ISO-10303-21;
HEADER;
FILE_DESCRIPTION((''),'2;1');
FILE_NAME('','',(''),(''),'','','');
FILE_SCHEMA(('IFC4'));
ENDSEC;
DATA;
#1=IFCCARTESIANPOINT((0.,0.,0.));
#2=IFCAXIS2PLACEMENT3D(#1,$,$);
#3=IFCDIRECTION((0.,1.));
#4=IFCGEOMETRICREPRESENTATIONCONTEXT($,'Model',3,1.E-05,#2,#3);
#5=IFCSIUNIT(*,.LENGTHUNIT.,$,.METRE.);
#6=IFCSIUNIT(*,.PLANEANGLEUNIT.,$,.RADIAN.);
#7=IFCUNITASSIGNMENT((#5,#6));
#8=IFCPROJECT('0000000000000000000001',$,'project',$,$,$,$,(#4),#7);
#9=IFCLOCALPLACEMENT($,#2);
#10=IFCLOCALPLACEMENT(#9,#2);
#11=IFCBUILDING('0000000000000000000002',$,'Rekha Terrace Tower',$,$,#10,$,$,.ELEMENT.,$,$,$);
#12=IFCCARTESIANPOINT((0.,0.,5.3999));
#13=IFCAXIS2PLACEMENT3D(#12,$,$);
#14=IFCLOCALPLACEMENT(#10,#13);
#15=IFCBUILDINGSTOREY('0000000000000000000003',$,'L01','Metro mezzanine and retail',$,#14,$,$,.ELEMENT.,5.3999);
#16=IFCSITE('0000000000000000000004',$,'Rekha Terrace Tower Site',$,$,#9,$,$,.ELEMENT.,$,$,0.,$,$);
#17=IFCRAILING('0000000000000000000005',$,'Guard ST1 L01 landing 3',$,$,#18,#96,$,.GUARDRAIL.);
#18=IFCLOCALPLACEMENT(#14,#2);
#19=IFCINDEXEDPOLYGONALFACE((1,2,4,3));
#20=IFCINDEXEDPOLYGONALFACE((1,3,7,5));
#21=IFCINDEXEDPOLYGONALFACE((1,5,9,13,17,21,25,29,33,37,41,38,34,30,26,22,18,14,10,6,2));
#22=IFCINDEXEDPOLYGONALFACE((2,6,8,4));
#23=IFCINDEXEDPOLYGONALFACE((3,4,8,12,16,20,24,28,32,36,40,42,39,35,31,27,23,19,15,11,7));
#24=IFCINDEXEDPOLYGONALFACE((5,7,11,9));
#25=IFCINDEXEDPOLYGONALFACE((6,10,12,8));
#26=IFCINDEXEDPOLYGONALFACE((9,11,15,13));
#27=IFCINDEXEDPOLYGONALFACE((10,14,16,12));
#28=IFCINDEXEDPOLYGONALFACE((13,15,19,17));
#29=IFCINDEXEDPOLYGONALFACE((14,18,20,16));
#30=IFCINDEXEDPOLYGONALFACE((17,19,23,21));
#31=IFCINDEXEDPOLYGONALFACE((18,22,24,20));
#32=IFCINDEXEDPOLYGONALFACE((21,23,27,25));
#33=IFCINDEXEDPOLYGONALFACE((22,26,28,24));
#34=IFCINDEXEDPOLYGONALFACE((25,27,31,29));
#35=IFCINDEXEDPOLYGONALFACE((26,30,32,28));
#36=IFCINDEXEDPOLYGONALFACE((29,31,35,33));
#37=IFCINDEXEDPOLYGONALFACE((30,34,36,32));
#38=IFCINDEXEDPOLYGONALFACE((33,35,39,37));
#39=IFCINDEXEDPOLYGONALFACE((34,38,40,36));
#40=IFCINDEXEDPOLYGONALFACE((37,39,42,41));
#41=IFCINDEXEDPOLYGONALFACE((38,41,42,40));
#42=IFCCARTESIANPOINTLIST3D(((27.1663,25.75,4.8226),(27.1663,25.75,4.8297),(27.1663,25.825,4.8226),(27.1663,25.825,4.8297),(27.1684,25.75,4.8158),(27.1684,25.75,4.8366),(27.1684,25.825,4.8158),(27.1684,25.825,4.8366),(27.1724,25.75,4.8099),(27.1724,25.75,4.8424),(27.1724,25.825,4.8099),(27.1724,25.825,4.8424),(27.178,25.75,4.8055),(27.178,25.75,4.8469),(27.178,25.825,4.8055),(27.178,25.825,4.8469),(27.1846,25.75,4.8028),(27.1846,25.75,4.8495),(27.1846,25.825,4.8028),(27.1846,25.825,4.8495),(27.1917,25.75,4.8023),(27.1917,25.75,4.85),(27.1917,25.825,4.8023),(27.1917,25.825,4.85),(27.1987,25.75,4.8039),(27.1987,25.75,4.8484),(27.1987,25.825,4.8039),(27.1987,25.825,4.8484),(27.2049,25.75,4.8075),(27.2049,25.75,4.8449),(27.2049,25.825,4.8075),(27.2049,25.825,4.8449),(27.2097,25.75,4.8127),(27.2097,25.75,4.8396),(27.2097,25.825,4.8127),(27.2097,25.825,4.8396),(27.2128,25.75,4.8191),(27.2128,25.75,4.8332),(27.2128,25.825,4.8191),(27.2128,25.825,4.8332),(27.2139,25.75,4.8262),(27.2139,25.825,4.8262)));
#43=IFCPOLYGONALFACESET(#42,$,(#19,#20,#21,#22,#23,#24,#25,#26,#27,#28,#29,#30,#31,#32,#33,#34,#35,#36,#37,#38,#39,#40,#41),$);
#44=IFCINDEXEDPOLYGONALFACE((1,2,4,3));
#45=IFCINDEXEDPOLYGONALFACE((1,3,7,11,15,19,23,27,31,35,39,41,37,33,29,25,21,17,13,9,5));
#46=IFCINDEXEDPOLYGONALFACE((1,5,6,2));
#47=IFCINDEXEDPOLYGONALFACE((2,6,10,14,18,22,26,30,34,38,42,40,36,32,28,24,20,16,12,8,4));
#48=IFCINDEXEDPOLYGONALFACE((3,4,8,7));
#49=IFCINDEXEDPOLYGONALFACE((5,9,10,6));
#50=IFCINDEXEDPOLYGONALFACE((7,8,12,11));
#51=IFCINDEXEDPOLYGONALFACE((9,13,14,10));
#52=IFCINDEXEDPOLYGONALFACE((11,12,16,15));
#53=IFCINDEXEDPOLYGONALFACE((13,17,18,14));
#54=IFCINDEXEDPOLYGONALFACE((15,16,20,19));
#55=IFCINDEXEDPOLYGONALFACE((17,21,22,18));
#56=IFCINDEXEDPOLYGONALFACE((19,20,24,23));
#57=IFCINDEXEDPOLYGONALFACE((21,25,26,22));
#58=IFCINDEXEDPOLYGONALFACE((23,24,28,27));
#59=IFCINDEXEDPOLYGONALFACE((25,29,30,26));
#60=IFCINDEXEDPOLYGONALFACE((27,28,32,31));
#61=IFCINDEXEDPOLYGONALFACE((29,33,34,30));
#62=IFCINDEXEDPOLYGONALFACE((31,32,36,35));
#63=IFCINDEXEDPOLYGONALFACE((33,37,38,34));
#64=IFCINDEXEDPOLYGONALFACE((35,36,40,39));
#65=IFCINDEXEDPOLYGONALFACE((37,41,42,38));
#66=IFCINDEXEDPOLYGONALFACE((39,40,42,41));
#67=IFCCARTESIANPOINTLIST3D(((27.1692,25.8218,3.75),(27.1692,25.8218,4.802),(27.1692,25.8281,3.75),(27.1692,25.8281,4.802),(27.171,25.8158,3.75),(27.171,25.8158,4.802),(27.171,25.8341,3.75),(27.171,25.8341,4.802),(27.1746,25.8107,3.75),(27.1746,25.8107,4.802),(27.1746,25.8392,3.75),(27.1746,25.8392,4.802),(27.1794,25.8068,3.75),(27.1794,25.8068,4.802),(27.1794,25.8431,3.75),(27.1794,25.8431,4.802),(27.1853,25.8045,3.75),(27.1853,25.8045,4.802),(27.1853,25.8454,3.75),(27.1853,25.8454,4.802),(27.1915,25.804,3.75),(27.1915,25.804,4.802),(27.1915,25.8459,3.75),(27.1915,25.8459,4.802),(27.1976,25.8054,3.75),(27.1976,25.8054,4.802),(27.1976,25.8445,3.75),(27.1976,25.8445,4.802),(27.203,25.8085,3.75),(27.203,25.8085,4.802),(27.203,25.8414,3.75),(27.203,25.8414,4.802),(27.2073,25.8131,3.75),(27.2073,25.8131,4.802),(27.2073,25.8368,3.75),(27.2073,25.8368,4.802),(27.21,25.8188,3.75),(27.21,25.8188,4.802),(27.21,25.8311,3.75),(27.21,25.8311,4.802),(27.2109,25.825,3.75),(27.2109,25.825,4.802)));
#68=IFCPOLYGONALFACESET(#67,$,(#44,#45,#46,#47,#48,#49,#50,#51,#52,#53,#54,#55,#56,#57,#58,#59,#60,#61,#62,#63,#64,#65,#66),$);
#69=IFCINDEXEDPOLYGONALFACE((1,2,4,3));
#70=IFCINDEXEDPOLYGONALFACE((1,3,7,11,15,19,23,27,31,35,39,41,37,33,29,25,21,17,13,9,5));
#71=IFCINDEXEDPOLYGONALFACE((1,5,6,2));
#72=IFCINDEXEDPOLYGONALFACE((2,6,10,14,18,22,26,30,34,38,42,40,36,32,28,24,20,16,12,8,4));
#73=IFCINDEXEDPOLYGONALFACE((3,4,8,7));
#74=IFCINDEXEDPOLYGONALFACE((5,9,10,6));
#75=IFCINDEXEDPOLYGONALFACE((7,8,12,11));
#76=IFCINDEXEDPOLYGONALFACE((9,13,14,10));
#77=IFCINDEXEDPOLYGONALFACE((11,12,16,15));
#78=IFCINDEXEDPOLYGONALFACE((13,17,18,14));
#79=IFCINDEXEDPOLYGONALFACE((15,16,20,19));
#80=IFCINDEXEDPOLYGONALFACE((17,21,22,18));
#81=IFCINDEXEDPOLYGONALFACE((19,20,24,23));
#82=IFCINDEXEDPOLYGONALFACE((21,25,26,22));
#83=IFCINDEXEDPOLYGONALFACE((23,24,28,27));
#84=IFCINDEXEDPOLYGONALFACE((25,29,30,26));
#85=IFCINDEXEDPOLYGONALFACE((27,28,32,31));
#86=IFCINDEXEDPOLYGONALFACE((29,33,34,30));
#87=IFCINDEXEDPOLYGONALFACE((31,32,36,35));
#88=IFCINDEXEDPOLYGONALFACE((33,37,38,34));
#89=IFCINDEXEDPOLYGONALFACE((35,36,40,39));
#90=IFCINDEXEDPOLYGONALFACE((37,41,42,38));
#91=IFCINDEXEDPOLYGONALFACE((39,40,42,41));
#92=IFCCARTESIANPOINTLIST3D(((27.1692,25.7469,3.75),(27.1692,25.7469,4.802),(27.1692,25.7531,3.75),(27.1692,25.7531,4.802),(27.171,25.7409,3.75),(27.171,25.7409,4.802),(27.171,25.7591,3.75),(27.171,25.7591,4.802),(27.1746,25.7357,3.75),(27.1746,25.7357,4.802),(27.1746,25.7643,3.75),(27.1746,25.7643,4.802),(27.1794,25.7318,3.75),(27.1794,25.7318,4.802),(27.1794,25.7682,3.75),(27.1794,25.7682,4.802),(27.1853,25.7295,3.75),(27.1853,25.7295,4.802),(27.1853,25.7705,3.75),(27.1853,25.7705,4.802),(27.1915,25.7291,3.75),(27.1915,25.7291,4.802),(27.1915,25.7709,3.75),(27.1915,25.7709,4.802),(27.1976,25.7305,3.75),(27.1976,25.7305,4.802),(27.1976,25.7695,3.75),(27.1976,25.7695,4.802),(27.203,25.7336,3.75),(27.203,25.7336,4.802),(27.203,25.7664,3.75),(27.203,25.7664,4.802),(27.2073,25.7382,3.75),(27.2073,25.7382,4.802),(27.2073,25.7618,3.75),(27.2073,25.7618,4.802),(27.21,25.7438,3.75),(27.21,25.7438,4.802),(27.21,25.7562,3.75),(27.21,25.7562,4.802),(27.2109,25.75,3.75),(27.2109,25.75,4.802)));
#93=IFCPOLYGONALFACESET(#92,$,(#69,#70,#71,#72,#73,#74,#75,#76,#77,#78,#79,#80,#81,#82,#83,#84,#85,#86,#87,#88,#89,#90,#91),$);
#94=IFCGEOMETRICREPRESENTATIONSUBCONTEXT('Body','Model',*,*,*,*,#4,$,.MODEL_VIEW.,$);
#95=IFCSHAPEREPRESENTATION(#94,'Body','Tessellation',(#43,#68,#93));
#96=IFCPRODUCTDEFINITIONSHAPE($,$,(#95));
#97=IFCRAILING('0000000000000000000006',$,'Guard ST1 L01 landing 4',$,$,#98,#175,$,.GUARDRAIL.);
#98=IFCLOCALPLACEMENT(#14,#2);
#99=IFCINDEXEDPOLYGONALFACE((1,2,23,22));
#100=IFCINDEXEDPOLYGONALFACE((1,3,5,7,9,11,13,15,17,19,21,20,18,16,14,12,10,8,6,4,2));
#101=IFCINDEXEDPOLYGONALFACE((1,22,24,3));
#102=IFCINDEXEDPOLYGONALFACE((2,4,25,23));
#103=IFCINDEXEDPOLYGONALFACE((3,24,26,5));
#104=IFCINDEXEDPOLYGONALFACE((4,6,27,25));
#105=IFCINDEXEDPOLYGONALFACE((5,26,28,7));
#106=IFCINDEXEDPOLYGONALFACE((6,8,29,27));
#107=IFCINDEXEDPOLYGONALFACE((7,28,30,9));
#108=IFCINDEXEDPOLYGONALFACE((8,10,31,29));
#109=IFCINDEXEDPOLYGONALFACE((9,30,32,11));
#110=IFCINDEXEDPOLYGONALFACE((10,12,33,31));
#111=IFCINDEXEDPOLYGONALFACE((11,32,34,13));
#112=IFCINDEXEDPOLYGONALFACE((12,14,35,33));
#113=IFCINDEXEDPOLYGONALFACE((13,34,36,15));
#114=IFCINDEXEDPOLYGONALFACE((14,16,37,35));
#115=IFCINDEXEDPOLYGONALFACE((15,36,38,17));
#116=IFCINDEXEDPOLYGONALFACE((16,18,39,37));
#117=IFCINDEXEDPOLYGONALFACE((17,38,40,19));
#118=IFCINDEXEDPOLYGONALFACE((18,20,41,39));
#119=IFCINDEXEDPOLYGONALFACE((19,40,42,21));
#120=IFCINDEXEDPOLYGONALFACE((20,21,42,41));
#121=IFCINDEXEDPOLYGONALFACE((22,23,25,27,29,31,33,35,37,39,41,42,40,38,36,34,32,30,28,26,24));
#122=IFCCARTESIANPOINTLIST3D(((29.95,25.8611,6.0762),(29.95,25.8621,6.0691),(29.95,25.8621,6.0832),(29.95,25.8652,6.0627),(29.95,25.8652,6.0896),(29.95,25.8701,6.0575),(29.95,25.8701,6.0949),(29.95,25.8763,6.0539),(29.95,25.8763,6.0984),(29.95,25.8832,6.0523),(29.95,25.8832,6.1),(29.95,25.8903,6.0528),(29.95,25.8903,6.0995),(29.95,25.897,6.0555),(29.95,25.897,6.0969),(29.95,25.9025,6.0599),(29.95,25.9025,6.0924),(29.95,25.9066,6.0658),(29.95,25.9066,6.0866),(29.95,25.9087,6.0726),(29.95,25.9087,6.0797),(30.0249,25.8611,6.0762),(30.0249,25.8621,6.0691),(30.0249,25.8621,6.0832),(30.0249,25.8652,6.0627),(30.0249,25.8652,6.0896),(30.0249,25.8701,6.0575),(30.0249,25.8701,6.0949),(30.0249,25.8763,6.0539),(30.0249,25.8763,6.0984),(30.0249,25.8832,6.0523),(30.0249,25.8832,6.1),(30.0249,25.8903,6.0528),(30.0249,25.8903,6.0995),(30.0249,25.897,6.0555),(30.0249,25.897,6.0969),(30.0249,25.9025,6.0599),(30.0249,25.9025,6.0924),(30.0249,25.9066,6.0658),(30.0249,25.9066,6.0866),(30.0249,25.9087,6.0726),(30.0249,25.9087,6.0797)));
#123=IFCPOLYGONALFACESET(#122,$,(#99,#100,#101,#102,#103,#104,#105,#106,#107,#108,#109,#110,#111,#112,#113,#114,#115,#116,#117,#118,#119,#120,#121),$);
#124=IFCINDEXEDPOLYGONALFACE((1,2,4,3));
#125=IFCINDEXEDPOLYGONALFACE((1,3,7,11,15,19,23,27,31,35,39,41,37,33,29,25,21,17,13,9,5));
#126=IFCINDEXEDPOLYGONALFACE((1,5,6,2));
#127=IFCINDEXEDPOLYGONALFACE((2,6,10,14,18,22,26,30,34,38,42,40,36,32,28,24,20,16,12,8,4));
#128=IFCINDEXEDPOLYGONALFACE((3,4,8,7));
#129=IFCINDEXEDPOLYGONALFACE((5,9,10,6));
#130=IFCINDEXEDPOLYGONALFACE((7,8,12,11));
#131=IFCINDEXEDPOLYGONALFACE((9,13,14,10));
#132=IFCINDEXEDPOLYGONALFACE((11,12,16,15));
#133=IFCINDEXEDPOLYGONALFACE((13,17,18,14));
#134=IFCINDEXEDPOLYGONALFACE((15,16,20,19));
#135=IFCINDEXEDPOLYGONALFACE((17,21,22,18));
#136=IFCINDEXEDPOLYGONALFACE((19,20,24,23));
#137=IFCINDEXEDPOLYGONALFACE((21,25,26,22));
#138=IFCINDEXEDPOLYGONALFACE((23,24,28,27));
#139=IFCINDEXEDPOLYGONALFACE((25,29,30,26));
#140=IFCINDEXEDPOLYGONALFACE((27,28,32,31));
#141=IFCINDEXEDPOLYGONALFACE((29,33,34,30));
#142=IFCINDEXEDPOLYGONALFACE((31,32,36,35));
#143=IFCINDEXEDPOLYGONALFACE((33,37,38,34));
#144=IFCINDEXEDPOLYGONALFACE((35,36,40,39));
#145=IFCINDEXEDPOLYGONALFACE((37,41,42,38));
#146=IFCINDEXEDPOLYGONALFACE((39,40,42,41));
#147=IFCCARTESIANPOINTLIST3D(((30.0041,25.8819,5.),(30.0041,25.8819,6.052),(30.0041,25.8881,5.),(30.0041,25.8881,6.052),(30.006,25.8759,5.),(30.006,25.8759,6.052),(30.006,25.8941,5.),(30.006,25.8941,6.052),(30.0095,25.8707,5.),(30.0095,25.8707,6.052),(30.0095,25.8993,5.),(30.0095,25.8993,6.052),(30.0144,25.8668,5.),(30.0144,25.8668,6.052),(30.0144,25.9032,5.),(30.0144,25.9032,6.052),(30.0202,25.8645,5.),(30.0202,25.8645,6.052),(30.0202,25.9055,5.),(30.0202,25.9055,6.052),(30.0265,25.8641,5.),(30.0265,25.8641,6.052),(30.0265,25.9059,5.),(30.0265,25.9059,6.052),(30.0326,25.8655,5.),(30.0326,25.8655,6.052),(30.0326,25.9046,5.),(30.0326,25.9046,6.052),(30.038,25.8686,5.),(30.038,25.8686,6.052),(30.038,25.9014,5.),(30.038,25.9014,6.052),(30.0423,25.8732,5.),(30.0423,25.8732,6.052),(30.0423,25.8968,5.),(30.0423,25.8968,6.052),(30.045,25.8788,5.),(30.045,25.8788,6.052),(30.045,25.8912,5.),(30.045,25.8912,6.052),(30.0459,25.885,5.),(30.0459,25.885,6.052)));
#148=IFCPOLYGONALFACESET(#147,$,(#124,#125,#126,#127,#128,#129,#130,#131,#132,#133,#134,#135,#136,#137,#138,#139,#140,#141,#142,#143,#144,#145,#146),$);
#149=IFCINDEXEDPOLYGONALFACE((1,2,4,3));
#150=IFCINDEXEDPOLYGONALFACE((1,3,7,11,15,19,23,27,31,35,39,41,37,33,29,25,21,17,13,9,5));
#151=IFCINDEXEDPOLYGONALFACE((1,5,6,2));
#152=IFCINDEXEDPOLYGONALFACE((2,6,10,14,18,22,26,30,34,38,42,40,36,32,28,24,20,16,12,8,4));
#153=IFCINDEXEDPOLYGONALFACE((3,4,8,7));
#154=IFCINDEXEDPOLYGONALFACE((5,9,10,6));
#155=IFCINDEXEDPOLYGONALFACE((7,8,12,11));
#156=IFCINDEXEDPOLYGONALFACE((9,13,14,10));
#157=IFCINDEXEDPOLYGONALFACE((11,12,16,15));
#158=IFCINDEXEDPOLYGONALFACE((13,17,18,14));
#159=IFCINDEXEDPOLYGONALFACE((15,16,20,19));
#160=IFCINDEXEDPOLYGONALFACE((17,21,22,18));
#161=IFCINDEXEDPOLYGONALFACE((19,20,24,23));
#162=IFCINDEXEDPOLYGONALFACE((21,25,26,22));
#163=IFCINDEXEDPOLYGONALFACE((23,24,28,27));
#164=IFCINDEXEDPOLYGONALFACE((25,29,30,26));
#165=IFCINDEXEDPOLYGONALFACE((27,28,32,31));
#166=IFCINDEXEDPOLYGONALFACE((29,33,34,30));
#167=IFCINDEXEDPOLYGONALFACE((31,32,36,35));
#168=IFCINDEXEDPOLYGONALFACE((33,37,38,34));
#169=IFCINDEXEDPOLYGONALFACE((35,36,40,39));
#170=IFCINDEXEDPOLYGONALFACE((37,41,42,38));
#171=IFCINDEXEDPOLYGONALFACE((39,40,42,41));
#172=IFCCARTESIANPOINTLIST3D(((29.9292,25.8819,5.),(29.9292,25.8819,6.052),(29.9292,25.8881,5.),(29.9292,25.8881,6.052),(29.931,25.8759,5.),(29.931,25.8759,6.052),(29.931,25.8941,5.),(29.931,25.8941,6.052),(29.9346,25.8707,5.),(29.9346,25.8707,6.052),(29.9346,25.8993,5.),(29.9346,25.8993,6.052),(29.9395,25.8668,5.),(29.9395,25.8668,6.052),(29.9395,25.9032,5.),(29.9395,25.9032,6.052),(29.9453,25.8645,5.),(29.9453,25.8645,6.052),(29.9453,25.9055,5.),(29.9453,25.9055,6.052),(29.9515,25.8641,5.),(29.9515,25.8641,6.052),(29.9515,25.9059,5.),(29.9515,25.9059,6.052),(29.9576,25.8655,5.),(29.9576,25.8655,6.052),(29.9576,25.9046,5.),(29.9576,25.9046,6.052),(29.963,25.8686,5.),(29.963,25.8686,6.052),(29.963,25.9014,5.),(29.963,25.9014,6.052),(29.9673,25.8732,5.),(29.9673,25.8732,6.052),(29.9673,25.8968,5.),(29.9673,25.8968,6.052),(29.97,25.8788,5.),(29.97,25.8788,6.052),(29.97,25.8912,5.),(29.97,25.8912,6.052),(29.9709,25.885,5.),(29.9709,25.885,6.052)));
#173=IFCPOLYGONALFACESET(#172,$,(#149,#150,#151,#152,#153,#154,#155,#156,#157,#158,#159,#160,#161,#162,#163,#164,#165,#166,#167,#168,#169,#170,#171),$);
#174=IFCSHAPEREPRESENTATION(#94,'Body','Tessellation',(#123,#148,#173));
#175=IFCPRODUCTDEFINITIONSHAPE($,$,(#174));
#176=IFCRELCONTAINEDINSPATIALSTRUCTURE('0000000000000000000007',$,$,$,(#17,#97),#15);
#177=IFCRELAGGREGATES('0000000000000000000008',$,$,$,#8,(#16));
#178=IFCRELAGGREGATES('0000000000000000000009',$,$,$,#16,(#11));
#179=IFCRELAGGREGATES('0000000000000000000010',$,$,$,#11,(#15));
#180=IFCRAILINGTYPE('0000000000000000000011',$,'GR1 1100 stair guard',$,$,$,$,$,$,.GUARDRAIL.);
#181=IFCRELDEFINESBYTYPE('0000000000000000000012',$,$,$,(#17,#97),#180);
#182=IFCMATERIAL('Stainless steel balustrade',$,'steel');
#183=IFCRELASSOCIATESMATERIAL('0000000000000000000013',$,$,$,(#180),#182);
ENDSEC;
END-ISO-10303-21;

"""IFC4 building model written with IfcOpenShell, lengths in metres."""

from ifc_helpers import new_model, si_unit, direction, frame, origin, origin_2d, place, context, subcontext, project, spatial, circle, extrude, material, type_object, element, save


model = new_model("IFC4")

# Units and contexts
model_context = context("Model", 3, precision=1e-05, world=origin(), true_north=direction((0.0, 1.0)))
body_context = subcontext(model_context, "Body", "Model", "MODEL_VIEW")
ifc_project = project(units=[si_unit("LENGTHUNIT", "METRE"), si_unit("PLANEANGLEUNIT", "RADIAN")], contexts=[model_context])

# Site, building, storey
site_placement = place(None, origin())
site = spatial("IfcSite", under=ifc_project, at=site_placement, Name="Rekha Terrace Tower Site", CompositionType="ELEMENT", RefElevation=0.0)
building_placement = place(site_placement, origin())
building = spatial("IfcBuilding", under=site, at=building_placement, Name="Rekha Terrace Tower", CompositionType="ELEMENT")
storey_placement = place(building_placement, frame((0.0, 0.0, 5.3999)))
storey = spatial("IfcBuildingStorey", under=building, at=storey_placement, Name="L01", Description="Metro mezzanine and retail", CompositionType="ELEMENT", Elevation=5.3999)

# Railings
ifc_material_1 = material(Name="Stainless steel balustrade", Category="steel")
railing_type_1 = type_object("IfcRailingType", Name="GR1 1100 stair guard", PredefinedType="GUARDRAIL", material=ifc_material_1)
railing_1_placement = place(storey_placement, frame((27.1899, 25.825, 3.75)))
element("IfcRailing", 1, at=railing_1_placement, inside=storey, type_object=railing_type_1, Name="Guard ST1 L01 landing 3", PredefinedType="GUARDRAIL", context=body_context, shape_type="SweptSolid", body=[
    extrude(circle(Radius=0.0239, at=origin_2d()), frame((0.0, 0.0, 1.0762), z_axis=(0.0, -1.0, 0.0), x_axis=(1.0, 0.0, 0.0)), (0.0, 0.0, 1.0), 0.075),
    extrude(circle(Radius=0.021, at=origin_2d()), origin(), (0.0, 0.0, 1.0), 1.052),
    extrude(circle(Radius=0.021, at=origin_2d()), frame((0.0, -0.075, 0.0)), (0.0, 0.0, 1.0), 1.052),
])
railing_2_placement = place(storey_placement, frame((30.0249, 25.885, 5.0)))
element("IfcRailing", 2, at=railing_2_placement, inside=storey, type_object=railing_type_1, Name="Guard ST1 L01 landing 4", PredefinedType="GUARDRAIL", context=body_context, shape_type="SweptSolid", body=[
    extrude(circle(Radius=0.0239, at=origin_2d()), frame((0.0, 0.0, 1.0762), z_axis=(-1.0, 0.0, 0.0), x_axis=(0.0, -1.0, 0.0)), (0.0, 0.0, 1.0), 0.075),
    extrude(circle(Radius=0.021, at=origin_2d()), origin(), (0.0, 0.0, 1.0), 1.052),
    extrude(circle(Radius=0.021, at=origin_2d()), frame((-0.075, 0.0, 0.0)), (0.0, 0.0, 1.0), 1.052),
])

save(model, "model.ifc")
